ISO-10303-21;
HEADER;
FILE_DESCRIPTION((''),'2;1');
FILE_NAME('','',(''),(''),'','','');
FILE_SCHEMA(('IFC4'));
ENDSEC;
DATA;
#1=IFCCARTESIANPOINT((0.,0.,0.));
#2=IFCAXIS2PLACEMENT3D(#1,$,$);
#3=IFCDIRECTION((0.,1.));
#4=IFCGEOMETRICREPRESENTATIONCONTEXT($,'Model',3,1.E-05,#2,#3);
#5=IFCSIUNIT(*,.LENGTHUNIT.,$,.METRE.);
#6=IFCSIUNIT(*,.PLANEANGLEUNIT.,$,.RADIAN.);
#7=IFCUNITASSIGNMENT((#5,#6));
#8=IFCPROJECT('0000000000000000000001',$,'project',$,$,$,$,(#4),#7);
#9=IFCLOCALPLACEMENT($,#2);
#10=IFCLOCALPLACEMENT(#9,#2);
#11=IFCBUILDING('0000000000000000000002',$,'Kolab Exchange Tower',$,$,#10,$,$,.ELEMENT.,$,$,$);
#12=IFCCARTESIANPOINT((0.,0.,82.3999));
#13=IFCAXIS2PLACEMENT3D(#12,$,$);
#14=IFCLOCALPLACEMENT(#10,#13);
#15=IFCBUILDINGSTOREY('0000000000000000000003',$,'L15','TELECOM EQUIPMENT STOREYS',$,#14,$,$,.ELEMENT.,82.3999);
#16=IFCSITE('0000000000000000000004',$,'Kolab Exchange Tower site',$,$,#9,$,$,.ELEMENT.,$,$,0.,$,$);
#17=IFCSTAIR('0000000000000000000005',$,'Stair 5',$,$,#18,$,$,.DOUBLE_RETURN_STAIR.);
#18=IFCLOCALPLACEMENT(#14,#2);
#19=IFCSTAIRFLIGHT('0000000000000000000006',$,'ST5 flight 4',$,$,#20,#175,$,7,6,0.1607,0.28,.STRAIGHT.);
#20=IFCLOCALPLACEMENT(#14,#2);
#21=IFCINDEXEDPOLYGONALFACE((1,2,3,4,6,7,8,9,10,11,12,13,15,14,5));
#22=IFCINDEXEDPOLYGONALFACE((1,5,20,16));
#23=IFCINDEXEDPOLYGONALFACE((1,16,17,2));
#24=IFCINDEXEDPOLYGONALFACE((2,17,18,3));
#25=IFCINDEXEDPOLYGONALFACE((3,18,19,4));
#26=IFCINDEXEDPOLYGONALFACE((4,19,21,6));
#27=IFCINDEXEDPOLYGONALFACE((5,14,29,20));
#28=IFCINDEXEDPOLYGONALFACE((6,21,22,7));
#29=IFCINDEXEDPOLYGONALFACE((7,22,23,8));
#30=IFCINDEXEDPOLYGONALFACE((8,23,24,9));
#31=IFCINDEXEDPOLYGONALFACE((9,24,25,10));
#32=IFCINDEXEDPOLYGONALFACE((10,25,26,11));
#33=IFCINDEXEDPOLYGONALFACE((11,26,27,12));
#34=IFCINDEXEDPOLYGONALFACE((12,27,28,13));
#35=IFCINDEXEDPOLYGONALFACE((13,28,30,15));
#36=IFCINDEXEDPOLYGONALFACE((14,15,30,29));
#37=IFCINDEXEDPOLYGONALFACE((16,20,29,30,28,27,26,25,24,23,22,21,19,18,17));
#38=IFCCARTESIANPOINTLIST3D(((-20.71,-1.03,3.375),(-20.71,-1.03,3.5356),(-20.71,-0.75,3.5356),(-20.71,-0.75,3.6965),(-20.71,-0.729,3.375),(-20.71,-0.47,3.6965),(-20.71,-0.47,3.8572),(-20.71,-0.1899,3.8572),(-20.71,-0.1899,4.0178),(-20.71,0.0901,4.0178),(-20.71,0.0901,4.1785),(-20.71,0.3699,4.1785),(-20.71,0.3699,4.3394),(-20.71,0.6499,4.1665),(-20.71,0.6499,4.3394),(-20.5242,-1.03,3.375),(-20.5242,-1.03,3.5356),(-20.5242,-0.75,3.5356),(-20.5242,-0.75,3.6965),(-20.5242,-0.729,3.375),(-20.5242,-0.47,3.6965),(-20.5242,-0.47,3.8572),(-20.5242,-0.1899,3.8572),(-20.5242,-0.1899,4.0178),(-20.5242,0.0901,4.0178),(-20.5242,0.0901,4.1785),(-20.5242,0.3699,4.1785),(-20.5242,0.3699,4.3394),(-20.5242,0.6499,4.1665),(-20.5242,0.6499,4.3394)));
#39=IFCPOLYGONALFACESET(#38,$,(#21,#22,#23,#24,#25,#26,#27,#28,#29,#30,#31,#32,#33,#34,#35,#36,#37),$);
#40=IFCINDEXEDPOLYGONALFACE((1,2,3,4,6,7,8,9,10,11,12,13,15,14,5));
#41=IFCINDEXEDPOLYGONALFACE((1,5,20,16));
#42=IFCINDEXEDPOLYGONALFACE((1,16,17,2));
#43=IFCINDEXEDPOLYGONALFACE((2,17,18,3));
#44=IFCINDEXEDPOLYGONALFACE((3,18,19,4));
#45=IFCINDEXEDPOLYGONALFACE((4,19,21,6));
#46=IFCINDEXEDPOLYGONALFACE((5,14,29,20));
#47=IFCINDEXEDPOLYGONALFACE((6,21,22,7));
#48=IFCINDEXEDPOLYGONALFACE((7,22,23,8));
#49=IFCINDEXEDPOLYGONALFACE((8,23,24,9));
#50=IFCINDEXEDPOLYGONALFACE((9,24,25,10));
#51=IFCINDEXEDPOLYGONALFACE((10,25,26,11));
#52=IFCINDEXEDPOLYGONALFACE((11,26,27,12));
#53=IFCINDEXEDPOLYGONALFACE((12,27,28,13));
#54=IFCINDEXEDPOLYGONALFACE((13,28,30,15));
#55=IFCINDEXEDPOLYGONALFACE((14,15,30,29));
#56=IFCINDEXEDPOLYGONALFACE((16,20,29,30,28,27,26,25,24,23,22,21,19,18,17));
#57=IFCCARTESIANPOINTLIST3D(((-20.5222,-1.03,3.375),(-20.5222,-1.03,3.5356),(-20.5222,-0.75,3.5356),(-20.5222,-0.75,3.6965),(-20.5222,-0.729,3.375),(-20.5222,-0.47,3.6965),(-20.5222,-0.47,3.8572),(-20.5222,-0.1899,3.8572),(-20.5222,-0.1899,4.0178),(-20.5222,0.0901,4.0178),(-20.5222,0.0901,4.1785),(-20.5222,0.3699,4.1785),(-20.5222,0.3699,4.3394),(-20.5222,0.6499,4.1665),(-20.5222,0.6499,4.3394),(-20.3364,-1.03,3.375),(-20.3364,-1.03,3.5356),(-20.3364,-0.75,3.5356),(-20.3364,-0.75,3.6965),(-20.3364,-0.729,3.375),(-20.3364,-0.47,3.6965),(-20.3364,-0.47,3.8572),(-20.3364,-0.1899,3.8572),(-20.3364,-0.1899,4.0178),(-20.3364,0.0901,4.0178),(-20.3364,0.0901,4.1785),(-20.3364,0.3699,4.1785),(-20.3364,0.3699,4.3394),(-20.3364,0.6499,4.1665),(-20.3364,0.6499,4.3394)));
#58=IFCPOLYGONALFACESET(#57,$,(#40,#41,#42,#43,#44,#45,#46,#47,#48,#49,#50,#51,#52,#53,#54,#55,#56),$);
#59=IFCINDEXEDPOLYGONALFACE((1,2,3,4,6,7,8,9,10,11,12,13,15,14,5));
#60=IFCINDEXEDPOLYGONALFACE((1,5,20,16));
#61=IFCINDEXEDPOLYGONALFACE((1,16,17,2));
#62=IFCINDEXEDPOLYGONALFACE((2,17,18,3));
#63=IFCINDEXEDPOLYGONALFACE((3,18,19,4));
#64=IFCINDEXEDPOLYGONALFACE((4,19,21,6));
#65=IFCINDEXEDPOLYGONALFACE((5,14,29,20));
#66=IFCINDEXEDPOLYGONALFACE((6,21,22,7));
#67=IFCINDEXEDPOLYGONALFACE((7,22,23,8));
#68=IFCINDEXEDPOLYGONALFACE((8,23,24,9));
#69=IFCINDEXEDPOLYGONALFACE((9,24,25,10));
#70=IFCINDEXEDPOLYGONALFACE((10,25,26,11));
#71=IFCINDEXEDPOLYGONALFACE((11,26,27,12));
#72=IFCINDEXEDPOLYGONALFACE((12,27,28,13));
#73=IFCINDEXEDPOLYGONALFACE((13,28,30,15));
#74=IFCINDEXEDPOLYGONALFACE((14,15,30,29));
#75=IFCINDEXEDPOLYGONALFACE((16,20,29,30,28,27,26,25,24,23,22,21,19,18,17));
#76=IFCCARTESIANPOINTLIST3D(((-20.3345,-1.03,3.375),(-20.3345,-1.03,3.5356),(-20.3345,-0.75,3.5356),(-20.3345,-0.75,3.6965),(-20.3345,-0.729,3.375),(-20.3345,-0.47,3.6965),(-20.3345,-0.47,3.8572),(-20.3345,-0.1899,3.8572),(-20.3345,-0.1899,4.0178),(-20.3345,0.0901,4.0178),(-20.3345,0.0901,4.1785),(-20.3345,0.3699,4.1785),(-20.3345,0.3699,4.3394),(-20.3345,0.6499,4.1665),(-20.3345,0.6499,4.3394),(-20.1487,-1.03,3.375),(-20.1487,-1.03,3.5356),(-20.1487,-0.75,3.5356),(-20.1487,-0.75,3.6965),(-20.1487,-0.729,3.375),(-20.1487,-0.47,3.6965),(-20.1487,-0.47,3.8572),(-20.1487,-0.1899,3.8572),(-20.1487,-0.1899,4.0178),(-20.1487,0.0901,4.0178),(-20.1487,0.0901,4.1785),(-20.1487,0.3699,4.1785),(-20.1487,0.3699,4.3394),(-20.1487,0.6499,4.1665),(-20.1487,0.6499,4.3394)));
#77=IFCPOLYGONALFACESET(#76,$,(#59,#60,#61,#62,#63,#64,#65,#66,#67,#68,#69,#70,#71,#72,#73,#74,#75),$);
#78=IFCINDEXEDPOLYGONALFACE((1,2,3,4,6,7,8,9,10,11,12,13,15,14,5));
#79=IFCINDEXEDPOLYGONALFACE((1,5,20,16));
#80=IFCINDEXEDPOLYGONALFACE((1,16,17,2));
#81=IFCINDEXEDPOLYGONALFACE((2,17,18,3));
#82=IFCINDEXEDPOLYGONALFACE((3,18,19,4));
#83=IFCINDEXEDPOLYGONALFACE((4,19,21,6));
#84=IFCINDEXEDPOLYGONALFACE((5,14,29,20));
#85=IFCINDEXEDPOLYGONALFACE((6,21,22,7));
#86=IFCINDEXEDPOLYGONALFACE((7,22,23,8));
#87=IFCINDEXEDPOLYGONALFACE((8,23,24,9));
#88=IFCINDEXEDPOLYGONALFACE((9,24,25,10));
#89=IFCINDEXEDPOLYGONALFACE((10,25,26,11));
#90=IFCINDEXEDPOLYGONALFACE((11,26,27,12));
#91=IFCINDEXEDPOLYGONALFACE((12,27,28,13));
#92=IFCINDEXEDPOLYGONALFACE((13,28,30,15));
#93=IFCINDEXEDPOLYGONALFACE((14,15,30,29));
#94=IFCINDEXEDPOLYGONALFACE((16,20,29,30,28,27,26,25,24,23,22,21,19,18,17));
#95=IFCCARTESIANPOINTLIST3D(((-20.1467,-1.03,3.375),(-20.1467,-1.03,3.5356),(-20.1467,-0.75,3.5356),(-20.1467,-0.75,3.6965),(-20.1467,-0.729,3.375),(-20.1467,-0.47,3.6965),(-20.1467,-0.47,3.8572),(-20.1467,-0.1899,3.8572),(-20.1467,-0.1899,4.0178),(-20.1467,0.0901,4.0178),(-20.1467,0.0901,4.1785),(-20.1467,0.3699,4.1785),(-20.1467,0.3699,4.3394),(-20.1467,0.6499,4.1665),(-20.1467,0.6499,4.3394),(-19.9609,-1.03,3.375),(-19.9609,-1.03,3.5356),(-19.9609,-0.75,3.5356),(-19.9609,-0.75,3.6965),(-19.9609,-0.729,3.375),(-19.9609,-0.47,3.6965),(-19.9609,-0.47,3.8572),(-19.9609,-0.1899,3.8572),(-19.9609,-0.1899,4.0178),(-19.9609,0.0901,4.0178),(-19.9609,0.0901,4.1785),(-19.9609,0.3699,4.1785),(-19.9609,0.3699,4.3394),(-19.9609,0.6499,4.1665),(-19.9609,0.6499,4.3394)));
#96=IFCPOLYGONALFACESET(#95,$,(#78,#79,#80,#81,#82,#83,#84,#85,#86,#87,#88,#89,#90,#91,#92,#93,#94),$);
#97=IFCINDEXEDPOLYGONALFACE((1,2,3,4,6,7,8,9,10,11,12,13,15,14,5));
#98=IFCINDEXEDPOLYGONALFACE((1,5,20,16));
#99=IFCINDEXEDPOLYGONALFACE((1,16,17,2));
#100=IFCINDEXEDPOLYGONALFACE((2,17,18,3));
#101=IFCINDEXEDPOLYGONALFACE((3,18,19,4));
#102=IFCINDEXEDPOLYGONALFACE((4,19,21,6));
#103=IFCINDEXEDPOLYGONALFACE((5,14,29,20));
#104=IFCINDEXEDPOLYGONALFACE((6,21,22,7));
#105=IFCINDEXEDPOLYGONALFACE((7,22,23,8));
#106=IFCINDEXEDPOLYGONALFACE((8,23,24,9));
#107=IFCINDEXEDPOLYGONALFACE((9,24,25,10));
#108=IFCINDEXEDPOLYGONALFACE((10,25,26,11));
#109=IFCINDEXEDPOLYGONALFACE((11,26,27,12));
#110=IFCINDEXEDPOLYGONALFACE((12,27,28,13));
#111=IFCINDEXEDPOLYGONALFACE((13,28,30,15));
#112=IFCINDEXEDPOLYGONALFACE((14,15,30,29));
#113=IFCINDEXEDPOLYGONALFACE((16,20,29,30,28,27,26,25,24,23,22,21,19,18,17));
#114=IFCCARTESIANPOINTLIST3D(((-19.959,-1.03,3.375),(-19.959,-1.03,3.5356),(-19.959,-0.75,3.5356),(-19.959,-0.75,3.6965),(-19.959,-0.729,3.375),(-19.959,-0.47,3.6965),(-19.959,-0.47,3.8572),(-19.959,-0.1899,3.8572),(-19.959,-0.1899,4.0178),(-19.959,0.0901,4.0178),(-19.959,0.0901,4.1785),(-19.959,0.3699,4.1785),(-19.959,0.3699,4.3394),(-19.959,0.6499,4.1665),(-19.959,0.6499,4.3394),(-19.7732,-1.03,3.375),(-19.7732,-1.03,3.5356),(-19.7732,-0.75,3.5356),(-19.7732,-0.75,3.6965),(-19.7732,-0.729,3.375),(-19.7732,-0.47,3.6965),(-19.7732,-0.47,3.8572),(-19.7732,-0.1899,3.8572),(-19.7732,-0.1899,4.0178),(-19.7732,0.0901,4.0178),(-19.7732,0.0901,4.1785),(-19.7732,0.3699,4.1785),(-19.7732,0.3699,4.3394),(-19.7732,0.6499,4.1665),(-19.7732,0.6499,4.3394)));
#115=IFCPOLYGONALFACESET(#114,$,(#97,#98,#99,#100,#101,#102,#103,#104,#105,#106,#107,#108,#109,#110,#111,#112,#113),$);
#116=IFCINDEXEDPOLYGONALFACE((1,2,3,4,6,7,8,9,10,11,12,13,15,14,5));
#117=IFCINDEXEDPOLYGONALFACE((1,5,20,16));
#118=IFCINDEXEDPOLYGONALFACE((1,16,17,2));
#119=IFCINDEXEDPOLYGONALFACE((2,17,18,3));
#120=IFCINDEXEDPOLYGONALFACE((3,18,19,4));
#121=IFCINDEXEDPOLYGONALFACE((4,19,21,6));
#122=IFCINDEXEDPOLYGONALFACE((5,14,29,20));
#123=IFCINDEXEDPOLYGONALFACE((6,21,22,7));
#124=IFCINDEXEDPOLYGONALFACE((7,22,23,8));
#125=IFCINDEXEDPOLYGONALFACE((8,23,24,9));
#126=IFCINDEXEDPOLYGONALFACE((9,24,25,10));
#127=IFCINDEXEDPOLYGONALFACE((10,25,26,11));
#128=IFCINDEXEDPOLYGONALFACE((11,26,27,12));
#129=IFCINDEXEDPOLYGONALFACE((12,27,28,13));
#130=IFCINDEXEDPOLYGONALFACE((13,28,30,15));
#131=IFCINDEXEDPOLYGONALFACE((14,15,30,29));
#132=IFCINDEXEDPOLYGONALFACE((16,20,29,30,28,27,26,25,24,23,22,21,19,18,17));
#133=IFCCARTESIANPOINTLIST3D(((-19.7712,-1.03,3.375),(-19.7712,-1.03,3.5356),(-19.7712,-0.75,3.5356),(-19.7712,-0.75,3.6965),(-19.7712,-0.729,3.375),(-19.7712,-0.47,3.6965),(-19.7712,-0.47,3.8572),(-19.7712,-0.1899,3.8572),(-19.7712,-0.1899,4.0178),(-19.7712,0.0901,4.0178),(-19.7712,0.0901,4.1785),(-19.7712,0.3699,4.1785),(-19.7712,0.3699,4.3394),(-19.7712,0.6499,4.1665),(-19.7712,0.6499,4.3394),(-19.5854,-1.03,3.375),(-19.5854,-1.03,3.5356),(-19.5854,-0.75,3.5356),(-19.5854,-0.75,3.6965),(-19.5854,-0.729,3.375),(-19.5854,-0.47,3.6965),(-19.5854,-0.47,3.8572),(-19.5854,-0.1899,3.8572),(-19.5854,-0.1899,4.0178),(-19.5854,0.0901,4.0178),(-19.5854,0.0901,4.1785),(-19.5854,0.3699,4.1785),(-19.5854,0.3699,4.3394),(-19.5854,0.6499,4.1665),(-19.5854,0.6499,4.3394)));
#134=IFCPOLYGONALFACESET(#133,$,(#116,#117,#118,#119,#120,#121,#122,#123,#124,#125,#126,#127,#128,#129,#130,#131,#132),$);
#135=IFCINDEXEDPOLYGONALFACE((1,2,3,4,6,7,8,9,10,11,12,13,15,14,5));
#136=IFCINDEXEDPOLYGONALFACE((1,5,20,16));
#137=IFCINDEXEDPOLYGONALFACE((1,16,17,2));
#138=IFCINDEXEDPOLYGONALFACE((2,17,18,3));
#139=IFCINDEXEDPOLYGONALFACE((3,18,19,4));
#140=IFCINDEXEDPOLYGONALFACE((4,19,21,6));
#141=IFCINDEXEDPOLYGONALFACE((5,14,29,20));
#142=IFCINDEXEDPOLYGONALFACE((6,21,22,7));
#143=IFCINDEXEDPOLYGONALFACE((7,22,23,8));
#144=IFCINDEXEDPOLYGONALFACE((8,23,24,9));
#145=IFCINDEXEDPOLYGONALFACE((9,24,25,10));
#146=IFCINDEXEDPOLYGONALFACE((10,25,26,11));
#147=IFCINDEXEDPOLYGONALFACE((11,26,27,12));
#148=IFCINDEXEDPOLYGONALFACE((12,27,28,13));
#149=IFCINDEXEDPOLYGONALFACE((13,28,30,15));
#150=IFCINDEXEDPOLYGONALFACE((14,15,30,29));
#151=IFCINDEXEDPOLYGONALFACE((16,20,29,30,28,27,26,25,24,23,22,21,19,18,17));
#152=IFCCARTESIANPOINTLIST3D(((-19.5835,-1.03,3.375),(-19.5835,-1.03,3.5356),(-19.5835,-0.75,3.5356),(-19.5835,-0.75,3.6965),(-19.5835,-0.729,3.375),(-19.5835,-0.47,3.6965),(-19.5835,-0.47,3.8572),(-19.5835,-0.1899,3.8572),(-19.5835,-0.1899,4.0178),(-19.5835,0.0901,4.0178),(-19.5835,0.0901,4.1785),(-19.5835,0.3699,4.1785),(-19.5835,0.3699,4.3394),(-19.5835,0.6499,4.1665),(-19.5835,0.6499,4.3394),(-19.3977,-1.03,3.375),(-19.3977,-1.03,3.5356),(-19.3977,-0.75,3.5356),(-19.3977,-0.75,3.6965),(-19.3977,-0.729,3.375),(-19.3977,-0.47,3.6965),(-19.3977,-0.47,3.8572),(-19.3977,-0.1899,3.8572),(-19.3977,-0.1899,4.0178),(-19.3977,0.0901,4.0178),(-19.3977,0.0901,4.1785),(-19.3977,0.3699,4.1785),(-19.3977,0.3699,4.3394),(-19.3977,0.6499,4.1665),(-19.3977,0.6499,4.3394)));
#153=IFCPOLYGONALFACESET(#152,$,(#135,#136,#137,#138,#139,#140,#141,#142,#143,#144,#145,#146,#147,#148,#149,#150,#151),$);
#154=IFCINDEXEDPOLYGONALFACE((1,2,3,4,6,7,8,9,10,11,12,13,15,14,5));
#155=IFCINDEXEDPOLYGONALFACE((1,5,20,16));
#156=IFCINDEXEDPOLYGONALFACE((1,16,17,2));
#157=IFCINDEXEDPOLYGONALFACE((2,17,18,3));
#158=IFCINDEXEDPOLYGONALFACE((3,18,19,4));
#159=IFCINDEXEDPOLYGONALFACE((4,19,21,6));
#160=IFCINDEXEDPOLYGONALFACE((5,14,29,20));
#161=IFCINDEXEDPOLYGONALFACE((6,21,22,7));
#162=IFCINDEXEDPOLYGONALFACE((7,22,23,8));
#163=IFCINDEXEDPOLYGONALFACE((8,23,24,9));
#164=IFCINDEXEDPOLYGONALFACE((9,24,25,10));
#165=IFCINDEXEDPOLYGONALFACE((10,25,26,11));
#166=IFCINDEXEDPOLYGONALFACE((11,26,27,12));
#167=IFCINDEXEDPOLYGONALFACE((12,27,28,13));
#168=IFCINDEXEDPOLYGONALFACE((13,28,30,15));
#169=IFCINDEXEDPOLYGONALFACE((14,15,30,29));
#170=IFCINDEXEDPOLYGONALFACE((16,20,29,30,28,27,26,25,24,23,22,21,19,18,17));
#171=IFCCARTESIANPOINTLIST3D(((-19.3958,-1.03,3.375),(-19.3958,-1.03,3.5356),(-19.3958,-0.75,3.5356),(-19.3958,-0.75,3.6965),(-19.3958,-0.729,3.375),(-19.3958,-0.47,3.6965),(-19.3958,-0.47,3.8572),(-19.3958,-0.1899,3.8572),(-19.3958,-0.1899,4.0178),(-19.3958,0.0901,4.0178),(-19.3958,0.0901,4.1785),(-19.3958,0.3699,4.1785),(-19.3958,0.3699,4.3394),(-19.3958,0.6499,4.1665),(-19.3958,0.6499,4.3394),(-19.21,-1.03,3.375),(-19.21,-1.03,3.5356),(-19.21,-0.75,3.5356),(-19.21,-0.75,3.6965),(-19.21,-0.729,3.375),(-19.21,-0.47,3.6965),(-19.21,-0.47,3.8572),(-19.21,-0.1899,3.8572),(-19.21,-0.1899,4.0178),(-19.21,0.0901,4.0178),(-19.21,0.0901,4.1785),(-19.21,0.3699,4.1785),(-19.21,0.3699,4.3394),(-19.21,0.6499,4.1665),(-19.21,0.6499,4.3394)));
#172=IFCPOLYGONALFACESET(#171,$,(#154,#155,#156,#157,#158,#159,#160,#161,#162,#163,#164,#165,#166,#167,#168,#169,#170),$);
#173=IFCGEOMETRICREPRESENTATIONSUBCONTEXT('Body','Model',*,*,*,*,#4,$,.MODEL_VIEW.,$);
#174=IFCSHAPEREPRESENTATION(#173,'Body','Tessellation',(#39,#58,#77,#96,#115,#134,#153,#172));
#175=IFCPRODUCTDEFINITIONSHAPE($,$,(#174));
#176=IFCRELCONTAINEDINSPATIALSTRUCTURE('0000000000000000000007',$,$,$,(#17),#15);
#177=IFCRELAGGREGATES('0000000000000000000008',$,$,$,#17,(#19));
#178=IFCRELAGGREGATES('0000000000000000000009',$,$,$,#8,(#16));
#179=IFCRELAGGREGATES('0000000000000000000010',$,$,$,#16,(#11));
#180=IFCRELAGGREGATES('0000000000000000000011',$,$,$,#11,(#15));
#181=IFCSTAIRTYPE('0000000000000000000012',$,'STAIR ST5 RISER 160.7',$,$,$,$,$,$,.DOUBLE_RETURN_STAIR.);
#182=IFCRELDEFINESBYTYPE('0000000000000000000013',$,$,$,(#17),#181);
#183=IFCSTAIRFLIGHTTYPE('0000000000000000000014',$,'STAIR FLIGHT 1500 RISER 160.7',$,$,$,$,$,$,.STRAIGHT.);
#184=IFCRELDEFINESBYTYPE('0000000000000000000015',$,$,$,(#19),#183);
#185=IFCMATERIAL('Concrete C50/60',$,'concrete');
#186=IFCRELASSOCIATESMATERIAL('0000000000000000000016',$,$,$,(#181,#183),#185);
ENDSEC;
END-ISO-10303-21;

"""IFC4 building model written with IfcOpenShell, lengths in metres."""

from ifc_helpers import new_model, si_unit, direction, frame, origin, place, context, subcontext, project, spatial, polyline, outline, extrude, material, type_object, element, aggregate, save


model = new_model("IFC4")

# Units and contexts
model_context = context("Model", 3, precision=1e-05, world=origin(), true_north=direction((0.0, 1.0)))
body_context = subcontext(model_context, "Body", "Model", "MODEL_VIEW")
ifc_project = project(units=[si_unit("LENGTHUNIT", "METRE"), si_unit("PLANEANGLEUNIT", "RADIAN")], contexts=[model_context])

# Site, building, storey
site_placement = place(None, origin())
site = spatial("IfcSite", under=ifc_project, at=site_placement, Name="Kolab Exchange Tower site", CompositionType="ELEMENT", RefElevation=0.0)
building_placement = place(site_placement, origin())
building = spatial("IfcBuilding", under=site, at=building_placement, Name="Kolab Exchange Tower", CompositionType="ELEMENT")
storey_placement = place(building_placement, frame((0.0, 0.0, 82.3999)))
storey = spatial("IfcBuildingStorey", under=building, at=storey_placement, Name="L15", Description="TELECOM EQUIPMENT STOREYS", CompositionType="ELEMENT", Elevation=82.3999)

# Shared definitions
ifc_material_1 = material(Name="Concrete C50/60", Category="concrete")

# Stair, stair flight
stair_type = type_object("IfcStairType", Name="STAIR ST5 RISER 160.7", PredefinedType="DOUBLE_RETURN_STAIR", material=ifc_material_1)
stair_placement = place(storey_placement, origin())
stair = element("IfcStair", 1, at=stair_placement, inside=storey, type_object=stair_type, Name="Stair 5", PredefinedType="DOUBLE_RETURN_STAIR")
stair_flight_type = type_object("IfcStairFlightType", Name="STAIR FLIGHT 1500 RISER 160.7", PredefinedType="STRAIGHT", material=ifc_material_1)
stair_flight_1_placement = place(storey_placement, frame((-19.96, -1.03, 3.375), z_axis=(0.0, 0.0, 1.0), x_axis=(0.0, 1.0, 0.0)))
stair_flight_1 = element("IfcStairFlight", 2, at=stair_flight_1_placement, type_object=stair_flight_type, Name="ST5 flight 4", NumberOfRisers=7, NumberOfTreads=6, PredefinedType="STRAIGHT", RiserHeight=0.1607, TreadLength=0.28, context=body_context, shape_type="SweptSolid", body=[
    extrude(outline(polyline([(0.0, 0.0), (0.0, 0.1606), (0.28, 0.1606), (0.28, 0.3215), (0.5601, 0.3215), (0.5601, 0.4822), (0.8401, 0.4822), (0.8401, 0.6428), (1.1201, 0.6428), (1.1201, 0.8035), (1.3999, 0.8035), (1.3999, 0.9644), (1.6799, 0.9644), (1.6799, 1.125), (1.6799, 0.7915), (0.301, 0.0), (0.0, 0.0)])), frame((0.0, 0.75, 0.0), z_axis=(0.0, -1.0, 0.0), x_axis=(1.0, 0.0, 0.0)), (0.0, 0.0, 1.0), 0.1858),
    extrude(outline(polyline([(0.0, 0.0), (0.0, 0.1606), (0.28, 0.1606), (0.28, 0.3215), (0.5601, 0.3215), (0.5601, 0.4822), (0.8401, 0.4822), (0.8401, 0.6428), (1.1201, 0.6428), (1.1201, 0.8035), (1.3999, 0.8035), (1.3999, 0.9644), (1.6799, 0.9644), (1.6799, 1.125), (1.6799, 0.7915), (0.301, 0.0), (0.0, 0.0)])), frame((0.0, 0.5623, 0.0), z_axis=(0.0, -1.0, 0.0), x_axis=(1.0, 0.0, 0.0)), (0.0, 0.0, 1.0), 0.1858),
    extrude(outline(polyline([(0.0, 0.0), (0.0, 0.1606), (0.28, 0.1606), (0.28, 0.3215), (0.5601, 0.3215), (0.5601, 0.4822), (0.8401, 0.4822), (0.8401, 0.6428), (1.1201, 0.6428), (1.1201, 0.8035), (1.3999, 0.8035), (1.3999, 0.9644), (1.6799, 0.9644), (1.6799, 1.125), (1.6799, 0.7915), (0.301, 0.0), (0.0, 0.0)])), frame((0.0, 0.3745, 0.0), z_axis=(0.0, -1.0, 0.0), x_axis=(1.0, 0.0, 0.0)), (0.0, 0.0, 1.0), 0.1858),
    extrude(outline(polyline([(0.0, 0.0), (0.0, 0.1606), (0.28, 0.1606), (0.28, 0.3215), (0.5601, 0.3215), (0.5601, 0.4822), (0.8401, 0.4822), (0.8401, 0.6428), (1.1201, 0.6428), (1.1201, 0.8035), (1.3999, 0.8035), (1.3999, 0.9644), (1.6799, 0.9644), (1.6799, 1.125), (1.6799, 0.7915), (0.301, 0.0), (0.0, 0.0)])), frame((0.0, 0.1868, 0.0), z_axis=(0.0, -1.0, 0.0), x_axis=(1.0, 0.0, 0.0)), (0.0, 0.0, 1.0), 0.1858),
    extrude(outline(polyline([(0.0, 0.0), (0.0, 0.1606), (0.28, 0.1606), (0.28, 0.3215), (0.5601, 0.3215), (0.5601, 0.4822), (0.8401, 0.4822), (0.8401, 0.6428), (1.1201, 0.6428), (1.1201, 0.8035), (1.3999, 0.8035), (1.3999, 0.9644), (1.6799, 0.9644), (1.6799, 1.125), (1.6799, 0.7915), (0.301, 0.0), (0.0, 0.0)])), frame((0.0, -0.001, 0.0), z_axis=(0.0, -1.0, 0.0), x_axis=(1.0, 0.0, 0.0)), (0.0, 0.0, 1.0), 0.1858),
    extrude(outline(polyline([(0.0, 0.0), (0.0, 0.1606), (0.28, 0.1606), (0.28, 0.3215), (0.5601, 0.3215), (0.5601, 0.4822), (0.8401, 0.4822), (0.8401, 0.6428), (1.1201, 0.6428), (1.1201, 0.8035), (1.3999, 0.8035), (1.3999, 0.9644), (1.6799, 0.9644), (1.6799, 1.125), (1.6799, 0.7915), (0.301, 0.0), (0.0, 0.0)])), frame((0.0, -0.1887, 0.0), z_axis=(0.0, -1.0, 0.0), x_axis=(1.0, 0.0, 0.0)), (0.0, 0.0, 1.0), 0.1858),
    extrude(outline(polyline([(0.0, 0.0), (0.0, 0.1606), (0.28, 0.1606), (0.28, 0.3215), (0.5601, 0.3215), (0.5601, 0.4822), (0.8401, 0.4822), (0.8401, 0.6428), (1.1201, 0.6428), (1.1201, 0.8035), (1.3999, 0.8035), (1.3999, 0.9644), (1.6799, 0.9644), (1.6799, 1.125), (1.6799, 0.7915), (0.301, 0.0), (0.0, 0.0)])), frame((0.0, -0.3765, 0.0), z_axis=(0.0, -1.0, 0.0), x_axis=(1.0, 0.0, 0.0)), (0.0, 0.0, 1.0), 0.1858),
    extrude(outline(polyline([(0.0, 0.0), (0.0, 0.1606), (0.28, 0.1606), (0.28, 0.3215), (0.5601, 0.3215), (0.5601, 0.4822), (0.8401, 0.4822), (0.8401, 0.6428), (1.1201, 0.6428), (1.1201, 0.8035), (1.3999, 0.8035), (1.3999, 0.9644), (1.6799, 0.9644), (1.6799, 1.125), (1.6799, 0.7915), (0.301, 0.0), (0.0, 0.0)])), frame((0.0, -0.5642, 0.0), z_axis=(0.0, -1.0, 0.0), x_axis=(1.0, 0.0, 0.0)), (0.0, 0.0, 1.0), 0.1858),
])
aggregate(stair, [stair_flight_1])

save(model, "model.ifc")
